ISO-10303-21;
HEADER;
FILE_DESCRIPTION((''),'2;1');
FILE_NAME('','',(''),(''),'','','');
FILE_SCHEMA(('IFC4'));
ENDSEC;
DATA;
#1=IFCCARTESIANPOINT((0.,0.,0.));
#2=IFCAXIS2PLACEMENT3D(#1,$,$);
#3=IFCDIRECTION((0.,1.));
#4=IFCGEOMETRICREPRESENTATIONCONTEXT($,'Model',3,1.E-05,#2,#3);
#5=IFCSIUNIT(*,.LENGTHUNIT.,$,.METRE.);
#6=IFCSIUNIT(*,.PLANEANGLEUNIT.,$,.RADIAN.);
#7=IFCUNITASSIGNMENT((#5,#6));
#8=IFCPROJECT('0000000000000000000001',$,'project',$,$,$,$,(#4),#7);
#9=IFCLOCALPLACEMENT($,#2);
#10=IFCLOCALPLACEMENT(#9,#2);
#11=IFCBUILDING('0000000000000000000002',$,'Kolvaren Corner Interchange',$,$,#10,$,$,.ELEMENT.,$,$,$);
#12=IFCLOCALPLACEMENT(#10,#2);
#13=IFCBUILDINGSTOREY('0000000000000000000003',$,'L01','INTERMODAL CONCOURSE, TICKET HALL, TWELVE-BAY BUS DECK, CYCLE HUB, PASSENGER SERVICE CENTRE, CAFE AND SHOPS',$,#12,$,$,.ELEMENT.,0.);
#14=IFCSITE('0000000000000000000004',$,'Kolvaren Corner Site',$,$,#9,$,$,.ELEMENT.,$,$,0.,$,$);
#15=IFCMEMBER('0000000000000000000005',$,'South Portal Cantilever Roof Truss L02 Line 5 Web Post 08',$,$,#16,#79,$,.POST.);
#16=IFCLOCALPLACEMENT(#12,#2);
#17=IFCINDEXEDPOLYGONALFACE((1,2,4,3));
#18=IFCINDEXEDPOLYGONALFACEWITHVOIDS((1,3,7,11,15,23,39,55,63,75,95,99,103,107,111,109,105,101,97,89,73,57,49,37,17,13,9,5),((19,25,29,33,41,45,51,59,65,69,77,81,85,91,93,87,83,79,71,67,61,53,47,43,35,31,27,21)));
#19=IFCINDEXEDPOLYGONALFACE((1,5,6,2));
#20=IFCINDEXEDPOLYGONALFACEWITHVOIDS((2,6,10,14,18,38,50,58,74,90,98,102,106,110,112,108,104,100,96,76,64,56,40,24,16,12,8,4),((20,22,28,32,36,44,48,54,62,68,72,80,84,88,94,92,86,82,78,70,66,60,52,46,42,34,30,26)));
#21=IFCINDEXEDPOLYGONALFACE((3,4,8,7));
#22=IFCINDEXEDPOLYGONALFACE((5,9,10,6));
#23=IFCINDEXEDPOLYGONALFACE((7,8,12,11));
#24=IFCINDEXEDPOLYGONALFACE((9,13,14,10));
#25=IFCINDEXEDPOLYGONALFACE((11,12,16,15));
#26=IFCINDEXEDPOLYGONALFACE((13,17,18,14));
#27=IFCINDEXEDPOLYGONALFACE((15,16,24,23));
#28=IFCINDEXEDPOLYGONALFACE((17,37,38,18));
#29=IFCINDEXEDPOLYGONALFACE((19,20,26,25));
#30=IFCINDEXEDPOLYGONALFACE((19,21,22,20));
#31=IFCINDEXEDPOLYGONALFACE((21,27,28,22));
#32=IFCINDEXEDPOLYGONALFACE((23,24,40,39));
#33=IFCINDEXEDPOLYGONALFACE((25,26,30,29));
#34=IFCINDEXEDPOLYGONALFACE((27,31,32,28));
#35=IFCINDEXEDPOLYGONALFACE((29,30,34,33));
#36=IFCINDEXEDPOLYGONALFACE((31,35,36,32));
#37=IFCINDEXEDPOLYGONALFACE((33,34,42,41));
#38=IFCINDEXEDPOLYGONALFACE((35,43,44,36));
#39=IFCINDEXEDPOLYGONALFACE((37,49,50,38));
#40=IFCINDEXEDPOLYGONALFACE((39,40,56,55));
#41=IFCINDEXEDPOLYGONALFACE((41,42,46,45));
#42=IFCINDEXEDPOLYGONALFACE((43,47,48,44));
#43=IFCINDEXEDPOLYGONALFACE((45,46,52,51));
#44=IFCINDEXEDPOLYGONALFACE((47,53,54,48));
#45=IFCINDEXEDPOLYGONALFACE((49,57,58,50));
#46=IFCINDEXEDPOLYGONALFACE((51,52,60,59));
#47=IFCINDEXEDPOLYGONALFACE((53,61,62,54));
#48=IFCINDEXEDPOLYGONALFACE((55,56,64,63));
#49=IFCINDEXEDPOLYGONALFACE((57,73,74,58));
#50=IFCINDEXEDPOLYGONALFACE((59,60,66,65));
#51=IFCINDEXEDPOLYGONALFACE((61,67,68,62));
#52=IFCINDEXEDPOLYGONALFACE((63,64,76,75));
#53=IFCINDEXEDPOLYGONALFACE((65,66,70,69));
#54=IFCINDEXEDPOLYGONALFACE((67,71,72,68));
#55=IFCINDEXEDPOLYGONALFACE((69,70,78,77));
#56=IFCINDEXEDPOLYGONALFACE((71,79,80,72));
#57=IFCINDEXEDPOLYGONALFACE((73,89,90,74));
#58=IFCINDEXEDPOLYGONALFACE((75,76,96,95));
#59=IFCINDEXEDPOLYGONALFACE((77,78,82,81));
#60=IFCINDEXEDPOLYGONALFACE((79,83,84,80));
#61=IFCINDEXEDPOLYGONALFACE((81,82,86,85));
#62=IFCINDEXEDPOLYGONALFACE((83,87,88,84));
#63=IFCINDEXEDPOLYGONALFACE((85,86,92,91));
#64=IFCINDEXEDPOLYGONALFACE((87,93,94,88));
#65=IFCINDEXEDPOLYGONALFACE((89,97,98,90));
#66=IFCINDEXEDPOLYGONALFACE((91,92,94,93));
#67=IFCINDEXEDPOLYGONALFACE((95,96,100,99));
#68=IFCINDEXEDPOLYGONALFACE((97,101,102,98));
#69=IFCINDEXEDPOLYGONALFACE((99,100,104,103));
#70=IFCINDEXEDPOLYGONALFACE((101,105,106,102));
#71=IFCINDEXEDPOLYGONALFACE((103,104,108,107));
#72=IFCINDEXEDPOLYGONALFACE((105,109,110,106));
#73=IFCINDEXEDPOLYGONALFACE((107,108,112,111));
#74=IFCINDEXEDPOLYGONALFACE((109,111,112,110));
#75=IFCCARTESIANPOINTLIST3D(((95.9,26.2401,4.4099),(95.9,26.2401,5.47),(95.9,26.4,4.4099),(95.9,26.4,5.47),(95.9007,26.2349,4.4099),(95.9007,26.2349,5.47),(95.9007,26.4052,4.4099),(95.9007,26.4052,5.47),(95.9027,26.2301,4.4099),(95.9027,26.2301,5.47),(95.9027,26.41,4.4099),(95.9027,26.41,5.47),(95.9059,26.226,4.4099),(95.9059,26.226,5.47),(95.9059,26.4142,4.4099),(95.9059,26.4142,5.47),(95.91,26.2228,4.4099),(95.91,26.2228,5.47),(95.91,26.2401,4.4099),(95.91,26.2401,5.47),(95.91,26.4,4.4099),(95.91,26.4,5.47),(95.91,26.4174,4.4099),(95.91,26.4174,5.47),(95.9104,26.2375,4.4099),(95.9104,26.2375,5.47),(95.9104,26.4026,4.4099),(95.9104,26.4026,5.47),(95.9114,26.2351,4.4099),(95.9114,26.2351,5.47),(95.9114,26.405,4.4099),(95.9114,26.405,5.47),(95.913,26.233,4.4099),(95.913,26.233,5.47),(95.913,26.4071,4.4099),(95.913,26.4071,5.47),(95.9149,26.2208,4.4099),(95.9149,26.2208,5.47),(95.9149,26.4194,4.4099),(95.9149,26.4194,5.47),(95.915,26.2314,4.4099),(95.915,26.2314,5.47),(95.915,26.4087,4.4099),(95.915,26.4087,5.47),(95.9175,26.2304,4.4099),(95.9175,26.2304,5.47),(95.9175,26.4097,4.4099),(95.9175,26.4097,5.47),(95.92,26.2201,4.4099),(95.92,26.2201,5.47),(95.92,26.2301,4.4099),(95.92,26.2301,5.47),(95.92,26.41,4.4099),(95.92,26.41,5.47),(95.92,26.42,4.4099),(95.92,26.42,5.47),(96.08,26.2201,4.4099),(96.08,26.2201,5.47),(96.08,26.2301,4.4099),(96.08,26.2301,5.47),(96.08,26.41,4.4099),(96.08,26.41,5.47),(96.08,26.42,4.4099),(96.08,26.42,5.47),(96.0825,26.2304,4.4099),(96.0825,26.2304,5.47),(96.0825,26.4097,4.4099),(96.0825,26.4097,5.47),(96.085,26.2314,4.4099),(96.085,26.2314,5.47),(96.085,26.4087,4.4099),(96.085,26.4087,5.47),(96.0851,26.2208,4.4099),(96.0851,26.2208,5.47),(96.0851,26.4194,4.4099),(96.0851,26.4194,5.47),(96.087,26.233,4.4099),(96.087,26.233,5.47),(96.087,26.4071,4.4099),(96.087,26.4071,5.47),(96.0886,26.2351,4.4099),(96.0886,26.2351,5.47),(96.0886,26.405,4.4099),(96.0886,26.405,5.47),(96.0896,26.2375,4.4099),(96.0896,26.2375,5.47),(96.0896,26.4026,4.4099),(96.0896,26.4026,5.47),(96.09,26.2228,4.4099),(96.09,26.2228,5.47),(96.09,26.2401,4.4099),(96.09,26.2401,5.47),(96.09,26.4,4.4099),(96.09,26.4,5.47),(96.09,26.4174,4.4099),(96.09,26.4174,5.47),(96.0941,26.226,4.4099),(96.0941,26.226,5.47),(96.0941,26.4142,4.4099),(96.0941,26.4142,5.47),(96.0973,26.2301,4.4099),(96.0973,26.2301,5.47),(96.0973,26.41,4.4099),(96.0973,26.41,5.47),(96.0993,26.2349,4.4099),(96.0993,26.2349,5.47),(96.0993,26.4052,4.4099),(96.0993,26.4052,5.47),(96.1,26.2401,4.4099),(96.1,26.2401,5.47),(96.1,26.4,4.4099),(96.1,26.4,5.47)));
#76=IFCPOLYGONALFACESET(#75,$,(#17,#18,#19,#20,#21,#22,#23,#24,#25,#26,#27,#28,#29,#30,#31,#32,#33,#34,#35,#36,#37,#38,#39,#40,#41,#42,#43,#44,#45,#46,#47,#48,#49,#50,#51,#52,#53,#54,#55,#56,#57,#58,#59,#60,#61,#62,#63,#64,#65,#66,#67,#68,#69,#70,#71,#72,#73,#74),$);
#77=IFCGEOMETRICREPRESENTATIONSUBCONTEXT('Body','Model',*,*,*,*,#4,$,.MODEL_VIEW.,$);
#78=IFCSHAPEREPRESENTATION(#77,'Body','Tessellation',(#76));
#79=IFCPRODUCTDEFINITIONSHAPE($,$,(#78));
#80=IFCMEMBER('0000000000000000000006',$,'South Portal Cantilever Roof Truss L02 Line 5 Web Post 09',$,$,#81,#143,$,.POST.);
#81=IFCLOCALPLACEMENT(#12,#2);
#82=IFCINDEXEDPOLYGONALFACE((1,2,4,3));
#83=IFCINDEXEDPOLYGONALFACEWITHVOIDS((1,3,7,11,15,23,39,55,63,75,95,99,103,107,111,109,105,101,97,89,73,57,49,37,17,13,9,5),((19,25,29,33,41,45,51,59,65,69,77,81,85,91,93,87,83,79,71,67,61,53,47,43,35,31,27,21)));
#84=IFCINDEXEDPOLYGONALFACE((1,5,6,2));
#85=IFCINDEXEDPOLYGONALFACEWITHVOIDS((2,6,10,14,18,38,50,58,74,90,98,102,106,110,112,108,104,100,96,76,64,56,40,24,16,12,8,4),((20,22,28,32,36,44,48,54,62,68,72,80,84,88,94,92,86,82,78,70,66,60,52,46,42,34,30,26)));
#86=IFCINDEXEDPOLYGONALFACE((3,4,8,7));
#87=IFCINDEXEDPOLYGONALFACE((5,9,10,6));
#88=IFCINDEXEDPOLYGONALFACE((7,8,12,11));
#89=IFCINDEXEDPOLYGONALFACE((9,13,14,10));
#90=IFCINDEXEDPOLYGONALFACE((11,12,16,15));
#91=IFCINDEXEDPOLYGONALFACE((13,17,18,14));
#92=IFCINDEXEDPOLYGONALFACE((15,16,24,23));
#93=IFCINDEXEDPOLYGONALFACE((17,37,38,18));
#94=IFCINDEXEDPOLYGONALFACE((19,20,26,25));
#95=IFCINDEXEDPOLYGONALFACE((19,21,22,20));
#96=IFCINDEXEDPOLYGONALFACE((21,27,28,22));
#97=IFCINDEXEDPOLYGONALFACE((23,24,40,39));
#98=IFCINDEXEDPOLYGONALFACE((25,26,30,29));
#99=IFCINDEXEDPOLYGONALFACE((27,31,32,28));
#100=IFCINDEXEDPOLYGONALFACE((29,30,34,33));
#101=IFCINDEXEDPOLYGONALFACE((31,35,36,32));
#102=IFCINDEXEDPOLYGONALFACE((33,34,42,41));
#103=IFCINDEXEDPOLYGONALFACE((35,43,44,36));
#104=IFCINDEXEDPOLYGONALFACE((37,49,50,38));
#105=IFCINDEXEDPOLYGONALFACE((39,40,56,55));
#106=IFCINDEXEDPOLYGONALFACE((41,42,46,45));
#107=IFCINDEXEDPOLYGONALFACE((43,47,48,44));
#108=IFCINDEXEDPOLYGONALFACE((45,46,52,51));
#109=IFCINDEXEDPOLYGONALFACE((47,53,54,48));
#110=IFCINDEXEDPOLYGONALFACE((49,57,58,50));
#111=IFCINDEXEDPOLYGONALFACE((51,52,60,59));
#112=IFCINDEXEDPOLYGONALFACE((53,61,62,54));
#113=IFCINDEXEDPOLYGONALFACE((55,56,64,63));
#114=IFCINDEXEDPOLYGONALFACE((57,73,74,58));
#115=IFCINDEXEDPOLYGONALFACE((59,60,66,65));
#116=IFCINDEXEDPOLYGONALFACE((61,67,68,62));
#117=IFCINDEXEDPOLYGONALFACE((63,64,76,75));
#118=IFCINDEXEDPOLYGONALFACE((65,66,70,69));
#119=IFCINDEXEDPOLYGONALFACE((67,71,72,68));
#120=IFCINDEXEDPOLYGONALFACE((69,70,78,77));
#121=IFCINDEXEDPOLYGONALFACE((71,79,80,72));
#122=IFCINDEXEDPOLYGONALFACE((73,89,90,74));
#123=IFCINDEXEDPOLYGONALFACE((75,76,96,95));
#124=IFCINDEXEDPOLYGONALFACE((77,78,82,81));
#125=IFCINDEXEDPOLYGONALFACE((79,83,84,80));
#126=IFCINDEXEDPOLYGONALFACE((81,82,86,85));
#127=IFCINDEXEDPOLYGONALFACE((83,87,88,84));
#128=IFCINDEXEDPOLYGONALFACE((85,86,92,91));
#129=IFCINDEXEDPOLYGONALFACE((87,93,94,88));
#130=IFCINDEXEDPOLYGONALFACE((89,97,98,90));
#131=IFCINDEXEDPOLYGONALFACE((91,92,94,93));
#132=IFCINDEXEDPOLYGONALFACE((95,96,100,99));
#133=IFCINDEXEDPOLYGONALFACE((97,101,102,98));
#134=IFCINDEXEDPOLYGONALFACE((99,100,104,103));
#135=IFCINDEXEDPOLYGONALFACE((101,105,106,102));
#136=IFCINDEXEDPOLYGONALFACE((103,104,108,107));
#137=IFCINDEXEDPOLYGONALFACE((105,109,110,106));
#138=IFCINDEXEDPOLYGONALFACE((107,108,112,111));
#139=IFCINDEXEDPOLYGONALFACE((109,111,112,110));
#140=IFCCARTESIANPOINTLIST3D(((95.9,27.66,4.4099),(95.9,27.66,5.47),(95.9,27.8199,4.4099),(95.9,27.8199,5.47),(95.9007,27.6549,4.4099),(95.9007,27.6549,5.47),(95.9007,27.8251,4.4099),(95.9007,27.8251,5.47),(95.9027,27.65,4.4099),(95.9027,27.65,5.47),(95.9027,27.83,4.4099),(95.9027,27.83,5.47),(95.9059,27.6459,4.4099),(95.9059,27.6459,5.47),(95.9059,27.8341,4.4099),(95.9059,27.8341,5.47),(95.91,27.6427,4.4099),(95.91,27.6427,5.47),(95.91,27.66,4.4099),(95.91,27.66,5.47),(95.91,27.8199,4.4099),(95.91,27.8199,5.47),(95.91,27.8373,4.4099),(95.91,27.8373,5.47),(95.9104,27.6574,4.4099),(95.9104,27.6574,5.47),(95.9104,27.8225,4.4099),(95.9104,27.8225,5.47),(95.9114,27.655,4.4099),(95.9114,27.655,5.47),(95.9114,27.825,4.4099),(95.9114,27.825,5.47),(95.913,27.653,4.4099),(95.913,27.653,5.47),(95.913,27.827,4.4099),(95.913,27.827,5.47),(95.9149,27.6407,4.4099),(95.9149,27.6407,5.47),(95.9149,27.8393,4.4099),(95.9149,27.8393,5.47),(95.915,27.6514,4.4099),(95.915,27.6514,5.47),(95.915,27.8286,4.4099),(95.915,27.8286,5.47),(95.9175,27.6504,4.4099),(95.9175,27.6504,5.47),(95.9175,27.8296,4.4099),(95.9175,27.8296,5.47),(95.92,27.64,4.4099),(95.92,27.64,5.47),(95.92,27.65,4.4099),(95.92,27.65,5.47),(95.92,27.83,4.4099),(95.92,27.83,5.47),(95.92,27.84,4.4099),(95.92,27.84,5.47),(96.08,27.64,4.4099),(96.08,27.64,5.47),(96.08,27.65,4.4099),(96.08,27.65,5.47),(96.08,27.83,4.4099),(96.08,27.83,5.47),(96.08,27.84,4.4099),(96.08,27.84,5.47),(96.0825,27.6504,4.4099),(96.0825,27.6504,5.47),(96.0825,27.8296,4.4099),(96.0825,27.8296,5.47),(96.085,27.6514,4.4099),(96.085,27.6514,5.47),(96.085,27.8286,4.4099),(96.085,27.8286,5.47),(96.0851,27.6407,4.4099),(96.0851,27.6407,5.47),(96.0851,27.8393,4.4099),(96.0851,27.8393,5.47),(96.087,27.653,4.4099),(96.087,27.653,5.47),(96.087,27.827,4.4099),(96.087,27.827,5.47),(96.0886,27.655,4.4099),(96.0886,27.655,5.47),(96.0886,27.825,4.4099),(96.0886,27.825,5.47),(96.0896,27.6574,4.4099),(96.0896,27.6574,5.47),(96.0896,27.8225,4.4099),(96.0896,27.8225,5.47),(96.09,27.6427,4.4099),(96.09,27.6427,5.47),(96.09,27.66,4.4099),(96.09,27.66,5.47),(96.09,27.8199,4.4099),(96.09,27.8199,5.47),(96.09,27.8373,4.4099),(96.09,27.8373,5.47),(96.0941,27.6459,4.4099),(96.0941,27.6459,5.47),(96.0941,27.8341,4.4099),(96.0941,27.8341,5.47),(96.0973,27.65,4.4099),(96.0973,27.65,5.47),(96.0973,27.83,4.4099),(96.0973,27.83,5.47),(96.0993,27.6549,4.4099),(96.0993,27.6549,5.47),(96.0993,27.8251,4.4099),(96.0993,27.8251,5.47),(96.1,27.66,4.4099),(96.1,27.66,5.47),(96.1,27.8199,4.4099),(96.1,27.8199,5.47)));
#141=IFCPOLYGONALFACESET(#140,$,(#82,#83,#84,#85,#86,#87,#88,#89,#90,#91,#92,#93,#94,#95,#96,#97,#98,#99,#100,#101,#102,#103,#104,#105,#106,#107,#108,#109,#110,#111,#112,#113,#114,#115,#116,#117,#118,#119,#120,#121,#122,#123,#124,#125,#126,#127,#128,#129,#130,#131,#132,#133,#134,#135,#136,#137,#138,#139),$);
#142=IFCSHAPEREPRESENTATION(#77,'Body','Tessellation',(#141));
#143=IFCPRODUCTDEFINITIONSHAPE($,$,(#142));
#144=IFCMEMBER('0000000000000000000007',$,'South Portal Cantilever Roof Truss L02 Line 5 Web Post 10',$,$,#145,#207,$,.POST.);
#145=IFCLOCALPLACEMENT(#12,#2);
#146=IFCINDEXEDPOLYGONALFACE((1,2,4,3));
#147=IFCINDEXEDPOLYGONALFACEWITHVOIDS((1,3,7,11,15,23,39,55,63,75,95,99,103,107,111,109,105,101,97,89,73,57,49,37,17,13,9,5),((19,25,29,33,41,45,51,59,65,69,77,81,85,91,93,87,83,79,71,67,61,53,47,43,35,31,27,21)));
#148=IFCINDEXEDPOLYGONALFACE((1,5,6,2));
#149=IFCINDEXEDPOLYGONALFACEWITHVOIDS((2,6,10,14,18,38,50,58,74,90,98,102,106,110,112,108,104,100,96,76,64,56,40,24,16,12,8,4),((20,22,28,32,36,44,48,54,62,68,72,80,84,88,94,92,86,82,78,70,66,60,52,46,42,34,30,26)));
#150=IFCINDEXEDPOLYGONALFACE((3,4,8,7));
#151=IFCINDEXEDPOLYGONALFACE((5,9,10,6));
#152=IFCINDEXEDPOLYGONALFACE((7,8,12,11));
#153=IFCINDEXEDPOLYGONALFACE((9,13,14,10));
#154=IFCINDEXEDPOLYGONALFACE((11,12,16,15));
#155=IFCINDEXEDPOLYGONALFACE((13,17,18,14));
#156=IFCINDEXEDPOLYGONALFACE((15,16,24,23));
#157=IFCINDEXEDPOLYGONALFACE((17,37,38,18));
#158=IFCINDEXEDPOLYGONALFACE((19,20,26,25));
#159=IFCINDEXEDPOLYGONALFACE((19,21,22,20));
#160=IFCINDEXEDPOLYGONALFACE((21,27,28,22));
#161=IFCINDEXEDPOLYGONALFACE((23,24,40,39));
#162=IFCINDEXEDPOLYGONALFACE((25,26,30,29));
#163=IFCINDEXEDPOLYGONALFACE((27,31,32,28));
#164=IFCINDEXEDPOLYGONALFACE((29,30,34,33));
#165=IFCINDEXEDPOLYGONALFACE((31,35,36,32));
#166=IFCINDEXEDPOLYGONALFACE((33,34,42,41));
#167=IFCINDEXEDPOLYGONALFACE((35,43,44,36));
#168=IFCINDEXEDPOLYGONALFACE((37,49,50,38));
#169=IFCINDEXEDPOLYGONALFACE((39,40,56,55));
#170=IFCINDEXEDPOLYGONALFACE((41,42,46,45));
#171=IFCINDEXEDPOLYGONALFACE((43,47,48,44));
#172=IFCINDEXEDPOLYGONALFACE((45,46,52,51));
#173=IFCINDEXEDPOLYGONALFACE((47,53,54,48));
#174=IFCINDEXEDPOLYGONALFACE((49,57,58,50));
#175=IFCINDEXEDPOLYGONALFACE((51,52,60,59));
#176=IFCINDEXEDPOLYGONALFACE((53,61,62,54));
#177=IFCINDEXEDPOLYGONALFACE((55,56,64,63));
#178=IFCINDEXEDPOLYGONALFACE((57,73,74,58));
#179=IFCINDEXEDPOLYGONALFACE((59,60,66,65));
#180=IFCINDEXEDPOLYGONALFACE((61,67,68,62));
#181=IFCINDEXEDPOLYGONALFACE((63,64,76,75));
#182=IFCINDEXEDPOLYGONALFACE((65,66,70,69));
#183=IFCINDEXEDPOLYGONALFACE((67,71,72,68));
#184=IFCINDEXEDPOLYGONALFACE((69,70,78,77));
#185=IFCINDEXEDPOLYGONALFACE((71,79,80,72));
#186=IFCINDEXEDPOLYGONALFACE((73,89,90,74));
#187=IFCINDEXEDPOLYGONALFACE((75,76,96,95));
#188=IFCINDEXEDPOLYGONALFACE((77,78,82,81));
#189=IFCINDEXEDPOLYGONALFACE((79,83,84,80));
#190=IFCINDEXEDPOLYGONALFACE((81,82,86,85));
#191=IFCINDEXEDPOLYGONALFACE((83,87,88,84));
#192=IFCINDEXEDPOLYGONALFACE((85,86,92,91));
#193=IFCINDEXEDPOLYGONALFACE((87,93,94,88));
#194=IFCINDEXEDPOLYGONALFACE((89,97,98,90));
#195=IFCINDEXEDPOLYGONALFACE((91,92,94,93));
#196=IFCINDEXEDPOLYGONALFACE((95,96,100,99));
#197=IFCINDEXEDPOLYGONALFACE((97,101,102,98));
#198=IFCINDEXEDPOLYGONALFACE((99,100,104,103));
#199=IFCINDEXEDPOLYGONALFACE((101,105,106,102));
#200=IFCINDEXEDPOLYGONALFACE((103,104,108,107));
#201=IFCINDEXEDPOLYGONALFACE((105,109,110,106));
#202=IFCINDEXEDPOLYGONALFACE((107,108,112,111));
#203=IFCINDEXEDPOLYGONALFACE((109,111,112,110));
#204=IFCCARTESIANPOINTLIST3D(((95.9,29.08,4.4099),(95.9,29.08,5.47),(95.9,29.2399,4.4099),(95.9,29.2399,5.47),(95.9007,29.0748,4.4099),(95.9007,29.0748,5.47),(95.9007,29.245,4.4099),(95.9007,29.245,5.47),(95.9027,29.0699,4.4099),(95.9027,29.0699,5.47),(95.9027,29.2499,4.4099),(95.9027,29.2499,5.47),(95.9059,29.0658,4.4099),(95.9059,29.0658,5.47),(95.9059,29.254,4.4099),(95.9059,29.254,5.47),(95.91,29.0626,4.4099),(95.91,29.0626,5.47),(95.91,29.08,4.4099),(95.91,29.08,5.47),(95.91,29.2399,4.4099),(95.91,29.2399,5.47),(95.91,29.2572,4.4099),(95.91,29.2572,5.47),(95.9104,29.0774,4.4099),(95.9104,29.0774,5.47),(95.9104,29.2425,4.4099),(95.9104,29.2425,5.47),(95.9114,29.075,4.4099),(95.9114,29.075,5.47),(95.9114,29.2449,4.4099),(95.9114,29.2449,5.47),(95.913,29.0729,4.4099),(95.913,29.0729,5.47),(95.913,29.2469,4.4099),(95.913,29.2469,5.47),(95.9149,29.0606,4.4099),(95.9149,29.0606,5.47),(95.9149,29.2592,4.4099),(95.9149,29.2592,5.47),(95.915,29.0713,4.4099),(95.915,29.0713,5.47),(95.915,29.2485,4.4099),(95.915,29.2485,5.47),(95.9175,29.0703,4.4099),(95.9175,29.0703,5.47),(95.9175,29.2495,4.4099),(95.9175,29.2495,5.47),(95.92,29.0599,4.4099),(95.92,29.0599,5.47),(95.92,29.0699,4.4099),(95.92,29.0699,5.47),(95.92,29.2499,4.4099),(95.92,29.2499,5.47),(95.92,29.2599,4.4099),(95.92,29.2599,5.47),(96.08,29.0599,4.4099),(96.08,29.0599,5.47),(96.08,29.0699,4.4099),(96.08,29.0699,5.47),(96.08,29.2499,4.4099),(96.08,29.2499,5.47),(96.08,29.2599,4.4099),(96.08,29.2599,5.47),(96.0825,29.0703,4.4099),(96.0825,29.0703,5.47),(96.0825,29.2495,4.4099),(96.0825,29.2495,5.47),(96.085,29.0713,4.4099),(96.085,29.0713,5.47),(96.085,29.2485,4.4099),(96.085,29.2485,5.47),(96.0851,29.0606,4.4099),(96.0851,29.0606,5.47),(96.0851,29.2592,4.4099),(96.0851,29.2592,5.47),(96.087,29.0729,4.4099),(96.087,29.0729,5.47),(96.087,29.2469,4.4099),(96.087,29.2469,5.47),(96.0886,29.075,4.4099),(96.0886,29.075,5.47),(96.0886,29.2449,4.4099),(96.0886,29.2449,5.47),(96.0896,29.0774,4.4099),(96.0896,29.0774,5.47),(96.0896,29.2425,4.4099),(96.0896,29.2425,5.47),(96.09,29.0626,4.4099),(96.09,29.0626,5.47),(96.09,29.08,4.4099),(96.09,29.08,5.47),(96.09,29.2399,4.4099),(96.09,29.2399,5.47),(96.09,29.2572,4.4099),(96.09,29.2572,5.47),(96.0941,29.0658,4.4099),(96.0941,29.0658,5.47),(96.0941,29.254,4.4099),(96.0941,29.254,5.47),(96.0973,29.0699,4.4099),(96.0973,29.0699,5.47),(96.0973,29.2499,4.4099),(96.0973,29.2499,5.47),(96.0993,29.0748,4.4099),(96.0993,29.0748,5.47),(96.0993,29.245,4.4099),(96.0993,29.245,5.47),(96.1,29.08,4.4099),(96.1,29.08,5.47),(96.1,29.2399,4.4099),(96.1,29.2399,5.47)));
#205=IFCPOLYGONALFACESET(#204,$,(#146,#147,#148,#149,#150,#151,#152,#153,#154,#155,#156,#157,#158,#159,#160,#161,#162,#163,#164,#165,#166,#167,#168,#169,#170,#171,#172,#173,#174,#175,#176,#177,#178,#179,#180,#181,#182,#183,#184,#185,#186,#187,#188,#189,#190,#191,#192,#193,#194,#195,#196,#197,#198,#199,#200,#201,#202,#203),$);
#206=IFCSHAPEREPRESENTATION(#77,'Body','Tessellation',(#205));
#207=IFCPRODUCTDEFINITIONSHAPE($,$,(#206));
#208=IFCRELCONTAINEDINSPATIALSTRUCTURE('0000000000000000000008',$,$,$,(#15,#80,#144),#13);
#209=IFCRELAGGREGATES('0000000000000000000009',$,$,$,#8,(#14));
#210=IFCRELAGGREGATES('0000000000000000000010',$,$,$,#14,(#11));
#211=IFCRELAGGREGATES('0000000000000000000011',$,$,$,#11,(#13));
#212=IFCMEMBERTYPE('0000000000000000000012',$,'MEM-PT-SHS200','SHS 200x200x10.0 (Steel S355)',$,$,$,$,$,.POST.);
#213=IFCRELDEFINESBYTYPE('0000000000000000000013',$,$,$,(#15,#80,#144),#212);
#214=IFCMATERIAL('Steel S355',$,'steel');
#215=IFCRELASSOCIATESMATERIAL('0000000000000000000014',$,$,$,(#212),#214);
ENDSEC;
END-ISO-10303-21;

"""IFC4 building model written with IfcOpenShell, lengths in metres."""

from ifc_helpers import new_model, si_unit, direction, frame, origin, origin_2d, place, context, subcontext, project, spatial, hollow_rectangle, extrude, material, material_profile, profile_set, type_object, element, save


model = new_model("IFC4")

# Units and contexts
model_context = context("Model", 3, precision=1e-05, world=origin(), true_north=direction((0.0, 1.0)))
body_context = subcontext(model_context, "Body", "Model", "MODEL_VIEW")
ifc_project = project(units=[si_unit("LENGTHUNIT", "METRE"), si_unit("PLANEANGLEUNIT", "RADIAN")], contexts=[model_context])

# Site, building, storey
site_placement = place(None, origin())
site = spatial("IfcSite", under=ifc_project, at=site_placement, Name="Kolvaren Corner Site", CompositionType="ELEMENT", RefElevation=0.0)
building_placement = place(site_placement, origin())
building = spatial("IfcBuilding", under=site, at=building_placement, Name="Kolvaren Corner Interchange", CompositionType="ELEMENT")
storey_placement = place(building_placement, origin())
storey = spatial("IfcBuildingStorey", under=building, at=storey_placement, Name="L01", Description="INTERMODAL CONCOURSE, TICKET HALL, TWELVE-BAY BUS DECK, CYCLE HUB, PASSENGER SERVICE CENTRE, CAFE AND SHOPS", CompositionType="ELEMENT", Elevation=0.0)

# Members
ifc_material_1 = material(Name="Steel S355", Category="steel")
ifc_material_profile_1 = material_profile(ifc_material_1, hollow_rectangle(XDim=0.2, YDim=0.2, WallThickness=0.01, InnerFilletRadius=0.01, OuterFilletRadius=0.02, at=origin_2d()), Name="SHS 200x200x10.0")
ifc_profile_set_1 = profile_set([ifc_material_profile_1], Name="Steel S355")
member_type_1 = type_object("IfcMemberType", Name="MEM-PT-SHS200", Description="SHS 200x200x10.0 (Steel S355)", PredefinedType="POST", material=ifc_profile_set_1)
for number, where, z_axis, x_axis, name in (
    (1, (96.0, 26.3201, 4.4099), (0.0, 0.0, 1.0), (1.0, 0.0, 0.0), "South Portal Cantilever Roof Truss L02 Line 5 Web Post 08"),
    (2, (96.0, 27.74, 4.4099), (0.0, 0.0, 1.0), (1.0, 0.0, 0.0), "South Portal Cantilever Roof Truss L02 Line 5 Web Post 09"),
    (3, (96.0, 29.1599, 4.4099), (0.0, 0.0, 1.0), (1.0, 0.0, 0.0), "South Portal Cantilever Roof Truss L02 Line 5 Web Post 10"),
):
    element("IfcMember", number, at=place(storey_placement, frame(where, z_axis=z_axis, x_axis=x_axis)), inside=storey, type_object=member_type_1, Name=name, PredefinedType="POST", context=body_context, shape_type="SweptSolid", body=[
        extrude(hollow_rectangle(XDim=0.2, YDim=0.2, WallThickness=0.01, InnerFilletRadius=0.01, OuterFilletRadius=0.02, at=origin_2d()), origin(), (0.0, 0.0, 1.0), 1.0601),
    ])

save(model, "model.ifc")
